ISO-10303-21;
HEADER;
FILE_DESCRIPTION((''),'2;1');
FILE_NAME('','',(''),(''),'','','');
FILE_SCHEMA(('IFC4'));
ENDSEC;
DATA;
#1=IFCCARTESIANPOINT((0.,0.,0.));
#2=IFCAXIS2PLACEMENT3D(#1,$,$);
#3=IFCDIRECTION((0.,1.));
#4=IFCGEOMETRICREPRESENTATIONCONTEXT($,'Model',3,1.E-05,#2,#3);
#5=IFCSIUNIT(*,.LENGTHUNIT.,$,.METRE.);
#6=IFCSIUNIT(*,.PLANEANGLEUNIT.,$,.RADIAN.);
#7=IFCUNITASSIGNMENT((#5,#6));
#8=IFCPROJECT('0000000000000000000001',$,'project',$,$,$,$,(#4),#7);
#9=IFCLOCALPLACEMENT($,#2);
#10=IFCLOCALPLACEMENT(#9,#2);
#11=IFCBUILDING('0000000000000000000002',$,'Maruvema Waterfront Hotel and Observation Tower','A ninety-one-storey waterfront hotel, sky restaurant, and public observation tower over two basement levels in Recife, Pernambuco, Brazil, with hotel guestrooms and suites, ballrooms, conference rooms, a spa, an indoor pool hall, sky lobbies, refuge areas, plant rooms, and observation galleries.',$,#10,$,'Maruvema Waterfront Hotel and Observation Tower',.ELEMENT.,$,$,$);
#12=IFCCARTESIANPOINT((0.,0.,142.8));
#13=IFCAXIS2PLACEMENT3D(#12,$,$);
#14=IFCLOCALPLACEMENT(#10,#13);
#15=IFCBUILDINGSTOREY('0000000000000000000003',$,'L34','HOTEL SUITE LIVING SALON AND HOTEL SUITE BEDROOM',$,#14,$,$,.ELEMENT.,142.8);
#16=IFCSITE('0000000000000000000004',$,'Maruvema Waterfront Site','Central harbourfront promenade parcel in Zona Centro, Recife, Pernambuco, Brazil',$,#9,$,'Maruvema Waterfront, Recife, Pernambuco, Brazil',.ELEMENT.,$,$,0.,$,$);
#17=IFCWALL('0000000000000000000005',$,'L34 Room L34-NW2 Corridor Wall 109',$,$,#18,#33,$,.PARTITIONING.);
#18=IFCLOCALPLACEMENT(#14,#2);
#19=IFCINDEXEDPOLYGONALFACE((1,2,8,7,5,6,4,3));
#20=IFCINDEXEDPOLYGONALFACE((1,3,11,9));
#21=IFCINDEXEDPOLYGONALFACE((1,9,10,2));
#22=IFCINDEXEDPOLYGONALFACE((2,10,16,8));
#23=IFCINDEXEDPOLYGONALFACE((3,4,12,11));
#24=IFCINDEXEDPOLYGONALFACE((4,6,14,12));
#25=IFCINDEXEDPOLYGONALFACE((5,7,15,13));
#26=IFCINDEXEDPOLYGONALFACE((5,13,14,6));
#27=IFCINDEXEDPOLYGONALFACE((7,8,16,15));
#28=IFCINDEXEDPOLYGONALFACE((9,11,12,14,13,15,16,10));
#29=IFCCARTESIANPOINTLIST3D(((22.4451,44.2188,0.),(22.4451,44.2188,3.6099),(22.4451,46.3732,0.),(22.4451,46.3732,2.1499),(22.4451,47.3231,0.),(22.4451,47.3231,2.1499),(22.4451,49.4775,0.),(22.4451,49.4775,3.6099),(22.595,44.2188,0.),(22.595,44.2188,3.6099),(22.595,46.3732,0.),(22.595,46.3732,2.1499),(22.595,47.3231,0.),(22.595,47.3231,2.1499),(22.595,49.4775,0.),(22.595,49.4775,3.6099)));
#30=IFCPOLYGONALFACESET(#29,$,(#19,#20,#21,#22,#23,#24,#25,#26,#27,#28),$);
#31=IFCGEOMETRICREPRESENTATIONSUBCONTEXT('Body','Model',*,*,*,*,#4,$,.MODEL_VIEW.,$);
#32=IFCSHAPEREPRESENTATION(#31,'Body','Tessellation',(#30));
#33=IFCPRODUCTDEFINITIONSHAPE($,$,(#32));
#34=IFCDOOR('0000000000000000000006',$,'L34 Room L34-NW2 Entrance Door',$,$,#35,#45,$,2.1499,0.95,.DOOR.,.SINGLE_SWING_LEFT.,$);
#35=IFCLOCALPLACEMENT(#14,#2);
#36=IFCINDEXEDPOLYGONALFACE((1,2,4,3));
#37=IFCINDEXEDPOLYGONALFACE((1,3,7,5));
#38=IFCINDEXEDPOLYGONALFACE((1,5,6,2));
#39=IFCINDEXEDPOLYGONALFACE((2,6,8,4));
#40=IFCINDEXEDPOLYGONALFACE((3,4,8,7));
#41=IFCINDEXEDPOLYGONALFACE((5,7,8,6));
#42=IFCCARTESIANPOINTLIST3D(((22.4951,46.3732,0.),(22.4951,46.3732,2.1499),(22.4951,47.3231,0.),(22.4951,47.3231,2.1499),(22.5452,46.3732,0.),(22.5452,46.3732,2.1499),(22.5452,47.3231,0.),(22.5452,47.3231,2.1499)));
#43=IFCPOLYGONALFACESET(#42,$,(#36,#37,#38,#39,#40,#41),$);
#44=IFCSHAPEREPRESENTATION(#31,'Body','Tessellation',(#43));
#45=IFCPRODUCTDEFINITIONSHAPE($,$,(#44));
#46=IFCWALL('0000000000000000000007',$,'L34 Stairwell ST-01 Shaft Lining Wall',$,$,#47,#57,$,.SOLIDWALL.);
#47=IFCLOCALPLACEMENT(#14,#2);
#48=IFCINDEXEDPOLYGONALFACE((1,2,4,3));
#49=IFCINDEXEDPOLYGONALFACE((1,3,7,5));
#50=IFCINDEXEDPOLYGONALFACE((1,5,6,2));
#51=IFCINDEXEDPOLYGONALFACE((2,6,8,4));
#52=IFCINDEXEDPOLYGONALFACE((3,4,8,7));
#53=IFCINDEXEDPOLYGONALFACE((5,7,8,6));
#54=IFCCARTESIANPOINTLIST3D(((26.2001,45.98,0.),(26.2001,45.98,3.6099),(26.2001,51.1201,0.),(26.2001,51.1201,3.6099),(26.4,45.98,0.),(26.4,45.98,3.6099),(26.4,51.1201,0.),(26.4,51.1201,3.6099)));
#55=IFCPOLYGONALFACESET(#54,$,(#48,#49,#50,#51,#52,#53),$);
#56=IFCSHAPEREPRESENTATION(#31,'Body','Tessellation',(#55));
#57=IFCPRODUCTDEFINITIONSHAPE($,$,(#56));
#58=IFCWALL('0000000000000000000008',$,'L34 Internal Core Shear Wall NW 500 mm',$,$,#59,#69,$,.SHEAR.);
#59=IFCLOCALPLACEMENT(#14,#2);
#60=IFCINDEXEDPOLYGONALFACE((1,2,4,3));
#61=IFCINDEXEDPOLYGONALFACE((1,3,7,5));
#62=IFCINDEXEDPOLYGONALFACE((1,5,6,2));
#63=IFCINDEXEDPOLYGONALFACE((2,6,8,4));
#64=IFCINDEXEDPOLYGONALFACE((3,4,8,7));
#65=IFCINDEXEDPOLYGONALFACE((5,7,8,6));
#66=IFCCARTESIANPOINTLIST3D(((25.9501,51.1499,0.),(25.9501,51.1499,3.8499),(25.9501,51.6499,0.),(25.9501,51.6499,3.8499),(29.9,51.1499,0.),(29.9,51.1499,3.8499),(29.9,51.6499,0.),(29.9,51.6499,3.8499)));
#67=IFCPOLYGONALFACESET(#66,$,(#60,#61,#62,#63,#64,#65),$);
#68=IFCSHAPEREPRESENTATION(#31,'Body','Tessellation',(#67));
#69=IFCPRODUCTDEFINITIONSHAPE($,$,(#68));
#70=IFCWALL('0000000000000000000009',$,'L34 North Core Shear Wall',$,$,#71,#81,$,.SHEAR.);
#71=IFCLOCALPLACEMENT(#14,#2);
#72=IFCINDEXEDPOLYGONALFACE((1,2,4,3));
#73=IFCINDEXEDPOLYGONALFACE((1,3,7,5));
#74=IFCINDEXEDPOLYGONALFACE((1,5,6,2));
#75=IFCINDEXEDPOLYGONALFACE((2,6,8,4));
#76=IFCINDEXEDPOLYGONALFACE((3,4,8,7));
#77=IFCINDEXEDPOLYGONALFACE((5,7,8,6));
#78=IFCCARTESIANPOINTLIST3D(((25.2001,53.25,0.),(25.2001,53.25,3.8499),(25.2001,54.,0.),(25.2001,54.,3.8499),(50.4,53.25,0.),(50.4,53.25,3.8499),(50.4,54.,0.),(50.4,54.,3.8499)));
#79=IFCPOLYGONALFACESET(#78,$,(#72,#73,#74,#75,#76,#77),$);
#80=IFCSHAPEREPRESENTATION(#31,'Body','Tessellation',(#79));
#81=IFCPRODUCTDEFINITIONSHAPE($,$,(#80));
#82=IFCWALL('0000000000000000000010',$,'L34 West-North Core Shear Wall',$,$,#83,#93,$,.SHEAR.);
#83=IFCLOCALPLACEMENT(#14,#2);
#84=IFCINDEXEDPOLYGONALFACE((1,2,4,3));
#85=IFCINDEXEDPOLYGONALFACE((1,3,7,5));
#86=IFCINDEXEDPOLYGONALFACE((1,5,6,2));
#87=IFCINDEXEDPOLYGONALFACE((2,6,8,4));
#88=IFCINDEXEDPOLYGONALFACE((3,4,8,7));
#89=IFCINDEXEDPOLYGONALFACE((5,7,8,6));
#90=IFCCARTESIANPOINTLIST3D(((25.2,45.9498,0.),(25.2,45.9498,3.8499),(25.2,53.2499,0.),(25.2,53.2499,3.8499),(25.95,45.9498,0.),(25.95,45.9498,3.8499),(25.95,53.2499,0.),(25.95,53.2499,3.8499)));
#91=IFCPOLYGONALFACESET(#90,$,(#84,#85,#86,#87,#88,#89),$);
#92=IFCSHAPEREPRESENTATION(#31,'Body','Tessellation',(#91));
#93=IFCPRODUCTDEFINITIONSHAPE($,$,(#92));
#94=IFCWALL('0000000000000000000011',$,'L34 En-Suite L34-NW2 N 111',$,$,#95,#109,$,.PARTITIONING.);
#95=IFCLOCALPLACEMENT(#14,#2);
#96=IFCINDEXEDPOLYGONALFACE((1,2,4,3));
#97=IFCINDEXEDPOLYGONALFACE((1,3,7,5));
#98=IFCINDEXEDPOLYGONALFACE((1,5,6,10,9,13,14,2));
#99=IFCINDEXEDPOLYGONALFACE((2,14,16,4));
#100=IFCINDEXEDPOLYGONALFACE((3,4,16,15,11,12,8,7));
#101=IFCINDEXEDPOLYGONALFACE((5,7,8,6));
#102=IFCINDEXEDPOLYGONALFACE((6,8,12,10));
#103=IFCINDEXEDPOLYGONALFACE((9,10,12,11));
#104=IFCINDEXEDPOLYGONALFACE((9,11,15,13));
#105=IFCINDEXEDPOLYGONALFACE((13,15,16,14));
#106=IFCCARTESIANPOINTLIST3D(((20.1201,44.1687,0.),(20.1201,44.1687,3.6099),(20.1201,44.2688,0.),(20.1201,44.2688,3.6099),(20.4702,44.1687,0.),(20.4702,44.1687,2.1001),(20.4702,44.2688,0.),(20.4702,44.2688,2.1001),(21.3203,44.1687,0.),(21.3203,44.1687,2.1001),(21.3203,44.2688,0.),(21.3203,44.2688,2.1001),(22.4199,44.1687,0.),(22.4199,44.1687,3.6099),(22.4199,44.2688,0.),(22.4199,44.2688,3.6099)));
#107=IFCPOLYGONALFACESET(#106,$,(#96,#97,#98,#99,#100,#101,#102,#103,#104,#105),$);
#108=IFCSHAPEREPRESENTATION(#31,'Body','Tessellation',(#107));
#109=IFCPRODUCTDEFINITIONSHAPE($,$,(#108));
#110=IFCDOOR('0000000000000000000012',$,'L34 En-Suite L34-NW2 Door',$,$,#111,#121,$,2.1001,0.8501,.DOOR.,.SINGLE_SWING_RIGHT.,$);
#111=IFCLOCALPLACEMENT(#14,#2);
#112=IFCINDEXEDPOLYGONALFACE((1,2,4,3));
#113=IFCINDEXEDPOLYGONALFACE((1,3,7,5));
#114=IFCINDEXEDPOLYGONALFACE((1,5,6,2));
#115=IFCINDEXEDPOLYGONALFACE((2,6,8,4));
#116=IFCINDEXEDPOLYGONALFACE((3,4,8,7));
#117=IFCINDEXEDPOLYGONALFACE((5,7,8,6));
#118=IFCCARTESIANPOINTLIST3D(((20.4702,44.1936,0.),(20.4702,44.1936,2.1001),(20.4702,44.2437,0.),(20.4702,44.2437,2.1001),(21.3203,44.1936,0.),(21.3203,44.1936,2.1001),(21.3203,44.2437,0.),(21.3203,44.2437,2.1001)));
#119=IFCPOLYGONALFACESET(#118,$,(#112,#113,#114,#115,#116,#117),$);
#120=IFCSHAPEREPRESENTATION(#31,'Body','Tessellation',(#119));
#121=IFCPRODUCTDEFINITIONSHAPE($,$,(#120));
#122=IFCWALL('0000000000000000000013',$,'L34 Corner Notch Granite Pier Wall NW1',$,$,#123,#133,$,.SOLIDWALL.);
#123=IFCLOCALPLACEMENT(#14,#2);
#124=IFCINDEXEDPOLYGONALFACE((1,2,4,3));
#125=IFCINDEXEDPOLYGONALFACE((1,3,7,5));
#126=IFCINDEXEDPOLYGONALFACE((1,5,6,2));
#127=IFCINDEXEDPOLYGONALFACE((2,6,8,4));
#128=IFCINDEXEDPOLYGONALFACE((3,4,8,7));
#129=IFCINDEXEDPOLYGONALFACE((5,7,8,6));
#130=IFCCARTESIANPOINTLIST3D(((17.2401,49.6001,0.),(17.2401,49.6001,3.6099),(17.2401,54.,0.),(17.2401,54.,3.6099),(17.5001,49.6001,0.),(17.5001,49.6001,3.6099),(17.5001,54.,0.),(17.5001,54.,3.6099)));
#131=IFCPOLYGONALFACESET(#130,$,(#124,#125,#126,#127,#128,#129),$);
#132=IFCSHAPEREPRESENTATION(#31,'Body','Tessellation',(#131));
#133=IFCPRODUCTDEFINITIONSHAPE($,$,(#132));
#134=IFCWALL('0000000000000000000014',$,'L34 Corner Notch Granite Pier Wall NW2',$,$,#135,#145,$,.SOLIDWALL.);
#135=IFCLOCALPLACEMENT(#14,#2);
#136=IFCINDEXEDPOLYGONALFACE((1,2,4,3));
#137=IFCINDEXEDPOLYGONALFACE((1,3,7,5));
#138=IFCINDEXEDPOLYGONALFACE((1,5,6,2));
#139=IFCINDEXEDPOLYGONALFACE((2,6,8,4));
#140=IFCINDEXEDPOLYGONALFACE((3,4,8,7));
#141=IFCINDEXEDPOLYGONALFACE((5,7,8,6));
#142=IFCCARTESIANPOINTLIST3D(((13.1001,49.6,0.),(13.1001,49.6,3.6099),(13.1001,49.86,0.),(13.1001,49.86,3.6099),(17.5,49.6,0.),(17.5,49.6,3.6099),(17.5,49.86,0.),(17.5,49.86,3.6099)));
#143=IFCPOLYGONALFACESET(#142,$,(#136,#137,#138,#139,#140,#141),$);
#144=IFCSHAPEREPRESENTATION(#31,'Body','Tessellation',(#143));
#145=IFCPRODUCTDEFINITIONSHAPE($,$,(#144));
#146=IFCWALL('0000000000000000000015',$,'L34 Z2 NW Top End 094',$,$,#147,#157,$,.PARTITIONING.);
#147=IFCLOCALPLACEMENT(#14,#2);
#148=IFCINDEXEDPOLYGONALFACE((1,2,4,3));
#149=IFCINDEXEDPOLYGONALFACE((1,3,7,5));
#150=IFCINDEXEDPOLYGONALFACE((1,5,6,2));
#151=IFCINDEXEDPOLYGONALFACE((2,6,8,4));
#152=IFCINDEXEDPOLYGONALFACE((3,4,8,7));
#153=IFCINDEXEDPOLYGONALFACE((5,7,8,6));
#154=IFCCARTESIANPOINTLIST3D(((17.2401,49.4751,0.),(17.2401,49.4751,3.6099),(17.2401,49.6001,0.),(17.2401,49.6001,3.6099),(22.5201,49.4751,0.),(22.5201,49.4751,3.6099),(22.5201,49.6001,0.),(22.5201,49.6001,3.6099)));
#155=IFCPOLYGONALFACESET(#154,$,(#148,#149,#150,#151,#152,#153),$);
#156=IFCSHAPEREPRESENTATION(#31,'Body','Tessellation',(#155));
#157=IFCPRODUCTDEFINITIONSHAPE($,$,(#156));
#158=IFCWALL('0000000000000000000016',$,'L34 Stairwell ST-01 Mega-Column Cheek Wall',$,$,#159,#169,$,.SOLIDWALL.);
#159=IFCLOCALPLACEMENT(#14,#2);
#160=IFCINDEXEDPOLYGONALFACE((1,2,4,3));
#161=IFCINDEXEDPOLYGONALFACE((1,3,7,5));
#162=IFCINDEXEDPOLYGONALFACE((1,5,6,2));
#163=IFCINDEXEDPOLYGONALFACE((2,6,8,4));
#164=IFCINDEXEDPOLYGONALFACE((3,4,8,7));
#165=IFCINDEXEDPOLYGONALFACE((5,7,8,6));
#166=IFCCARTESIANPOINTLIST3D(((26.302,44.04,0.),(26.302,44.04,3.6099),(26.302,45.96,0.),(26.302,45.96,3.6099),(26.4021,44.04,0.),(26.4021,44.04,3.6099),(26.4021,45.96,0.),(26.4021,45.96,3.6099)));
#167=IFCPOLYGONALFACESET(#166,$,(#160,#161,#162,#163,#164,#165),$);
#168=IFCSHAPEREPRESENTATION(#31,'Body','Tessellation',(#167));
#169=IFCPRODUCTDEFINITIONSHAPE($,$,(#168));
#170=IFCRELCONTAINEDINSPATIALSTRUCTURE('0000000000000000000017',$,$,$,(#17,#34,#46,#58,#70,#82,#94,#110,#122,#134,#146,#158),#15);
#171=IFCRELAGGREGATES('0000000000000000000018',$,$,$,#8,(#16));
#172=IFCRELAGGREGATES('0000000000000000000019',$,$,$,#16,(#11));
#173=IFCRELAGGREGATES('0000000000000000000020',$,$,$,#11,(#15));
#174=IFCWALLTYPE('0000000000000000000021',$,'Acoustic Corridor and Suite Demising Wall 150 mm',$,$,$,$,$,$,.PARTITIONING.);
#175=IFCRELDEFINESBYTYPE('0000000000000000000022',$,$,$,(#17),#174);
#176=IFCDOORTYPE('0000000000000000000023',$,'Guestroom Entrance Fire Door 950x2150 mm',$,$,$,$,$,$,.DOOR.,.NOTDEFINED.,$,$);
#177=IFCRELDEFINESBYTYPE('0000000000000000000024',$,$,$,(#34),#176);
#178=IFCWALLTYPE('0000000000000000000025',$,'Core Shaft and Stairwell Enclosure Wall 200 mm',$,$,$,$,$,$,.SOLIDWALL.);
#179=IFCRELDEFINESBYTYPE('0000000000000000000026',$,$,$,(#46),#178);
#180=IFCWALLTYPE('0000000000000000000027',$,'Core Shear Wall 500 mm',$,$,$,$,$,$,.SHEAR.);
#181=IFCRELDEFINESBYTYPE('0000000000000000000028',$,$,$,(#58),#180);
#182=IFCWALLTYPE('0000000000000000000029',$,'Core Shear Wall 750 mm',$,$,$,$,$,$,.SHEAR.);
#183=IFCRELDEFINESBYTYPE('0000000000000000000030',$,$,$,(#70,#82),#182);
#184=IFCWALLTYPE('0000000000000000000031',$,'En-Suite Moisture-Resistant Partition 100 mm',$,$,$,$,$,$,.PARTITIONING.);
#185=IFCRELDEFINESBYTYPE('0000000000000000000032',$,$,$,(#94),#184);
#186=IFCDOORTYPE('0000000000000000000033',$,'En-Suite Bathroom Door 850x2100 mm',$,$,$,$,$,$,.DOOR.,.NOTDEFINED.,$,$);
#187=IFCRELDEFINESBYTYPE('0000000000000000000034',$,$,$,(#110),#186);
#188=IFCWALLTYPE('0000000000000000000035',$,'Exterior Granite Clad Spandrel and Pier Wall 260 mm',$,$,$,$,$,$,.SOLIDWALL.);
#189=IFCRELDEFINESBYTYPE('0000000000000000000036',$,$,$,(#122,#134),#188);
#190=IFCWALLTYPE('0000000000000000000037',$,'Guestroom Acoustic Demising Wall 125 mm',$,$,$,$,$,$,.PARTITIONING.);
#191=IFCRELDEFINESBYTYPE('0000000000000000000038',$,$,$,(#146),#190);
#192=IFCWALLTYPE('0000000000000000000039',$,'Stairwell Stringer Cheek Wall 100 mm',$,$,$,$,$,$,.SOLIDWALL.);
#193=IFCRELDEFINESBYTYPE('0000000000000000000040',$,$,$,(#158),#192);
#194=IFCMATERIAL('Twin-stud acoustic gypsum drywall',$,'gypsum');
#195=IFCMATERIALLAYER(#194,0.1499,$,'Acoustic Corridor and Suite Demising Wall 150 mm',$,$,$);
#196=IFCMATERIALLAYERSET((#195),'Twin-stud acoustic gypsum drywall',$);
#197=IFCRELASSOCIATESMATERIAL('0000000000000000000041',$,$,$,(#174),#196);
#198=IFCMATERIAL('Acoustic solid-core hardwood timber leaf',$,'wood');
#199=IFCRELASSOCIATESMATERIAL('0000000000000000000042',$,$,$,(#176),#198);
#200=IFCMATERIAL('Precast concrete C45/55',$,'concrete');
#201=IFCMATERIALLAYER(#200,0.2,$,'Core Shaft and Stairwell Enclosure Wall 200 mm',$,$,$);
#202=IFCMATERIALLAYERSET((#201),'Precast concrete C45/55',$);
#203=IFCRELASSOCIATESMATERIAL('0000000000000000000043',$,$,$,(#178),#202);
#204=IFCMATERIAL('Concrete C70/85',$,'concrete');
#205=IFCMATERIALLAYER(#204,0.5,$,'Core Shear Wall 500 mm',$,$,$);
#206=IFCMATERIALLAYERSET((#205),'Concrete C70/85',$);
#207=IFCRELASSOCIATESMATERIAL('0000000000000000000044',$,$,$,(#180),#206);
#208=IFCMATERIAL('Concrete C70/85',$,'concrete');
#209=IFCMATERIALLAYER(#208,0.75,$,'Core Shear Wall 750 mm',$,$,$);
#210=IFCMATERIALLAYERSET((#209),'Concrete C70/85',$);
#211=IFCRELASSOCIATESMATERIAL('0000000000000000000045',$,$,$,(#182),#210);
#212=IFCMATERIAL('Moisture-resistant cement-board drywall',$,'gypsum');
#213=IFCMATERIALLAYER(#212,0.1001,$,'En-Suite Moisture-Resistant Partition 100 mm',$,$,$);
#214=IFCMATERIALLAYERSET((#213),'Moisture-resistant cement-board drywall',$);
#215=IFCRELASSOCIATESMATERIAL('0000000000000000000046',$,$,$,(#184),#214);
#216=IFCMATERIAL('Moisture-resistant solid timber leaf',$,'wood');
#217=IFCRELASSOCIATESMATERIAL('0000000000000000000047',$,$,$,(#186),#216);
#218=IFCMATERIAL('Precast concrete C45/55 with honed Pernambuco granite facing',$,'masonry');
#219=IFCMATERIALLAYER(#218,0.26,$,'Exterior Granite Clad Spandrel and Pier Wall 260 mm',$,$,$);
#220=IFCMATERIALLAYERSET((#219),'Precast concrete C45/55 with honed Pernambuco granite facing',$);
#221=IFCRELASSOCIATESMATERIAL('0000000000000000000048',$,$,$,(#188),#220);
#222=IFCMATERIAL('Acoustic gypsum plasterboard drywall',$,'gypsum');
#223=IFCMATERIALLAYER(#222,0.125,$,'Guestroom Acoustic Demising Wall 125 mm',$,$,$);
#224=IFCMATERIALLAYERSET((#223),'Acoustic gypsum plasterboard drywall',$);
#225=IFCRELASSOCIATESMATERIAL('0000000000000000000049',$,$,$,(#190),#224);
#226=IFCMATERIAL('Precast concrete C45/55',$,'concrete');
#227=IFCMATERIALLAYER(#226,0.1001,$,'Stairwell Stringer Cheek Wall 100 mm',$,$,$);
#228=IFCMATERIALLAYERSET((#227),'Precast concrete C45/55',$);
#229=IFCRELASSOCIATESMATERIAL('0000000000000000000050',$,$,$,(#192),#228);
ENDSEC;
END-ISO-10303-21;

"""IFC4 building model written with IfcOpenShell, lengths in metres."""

from ifc_helpers import new_model, si_unit, direction, frame, frame_2d, origin, place, context, subcontext, project, spatial, rectangle, extrude, material, layer, layer_set, type_object, element, fill, save


model = new_model("IFC4")

# Units and contexts
model_context = context("Model", 3, precision=1e-05, world=origin(), true_north=direction((0.0, 1.0)))
body_context = subcontext(model_context, "Body", "Model", "MODEL_VIEW")
ifc_project = project(units=[si_unit("LENGTHUNIT", "METRE"), si_unit("PLANEANGLEUNIT", "RADIAN")], contexts=[model_context])

# Site, building, storey
site_placement = place(None, origin())
site = spatial("IfcSite", under=ifc_project, at=site_placement, Name="Maruvema Waterfront Site", Description="Central harbourfront promenade parcel in Zona Centro, Recife, Pernambuco, Brazil", LongName="Maruvema Waterfront, Recife, Pernambuco, Brazil", CompositionType="ELEMENT", RefElevation=0.0)
building_placement = place(site_placement, origin())
building = spatial("IfcBuilding", under=site, at=building_placement, Name="Maruvema Waterfront Hotel and Observation Tower", Description="A ninety-one-storey waterfront hotel, sky restaurant, and public observation tower over two basement levels in Recife, Pernambuco, Brazil, with hotel guestrooms and suites, ballrooms, conference rooms, a spa, an indoor pool hall, sky lobbies, refuge areas, plant rooms, and observation galleries.", LongName="Maruvema Waterfront Hotel and Observation Tower", CompositionType="ELEMENT")
storey_placement = place(building_placement, frame((0.0, 0.0, 142.8)))
storey = spatial("IfcBuildingStorey", under=building, at=storey_placement, Name="L34", Description="HOTEL SUITE LIVING SALON AND HOTEL SUITE BEDROOM", CompositionType="ELEMENT", Elevation=142.8)

# Wall, opening, door
ifc_material_1 = material(Name="Twin-stud acoustic gypsum drywall", Category="gypsum")
ifc_layer_1 = layer(ifc_material_1, 0.1499, Name="Acoustic Corridor and Suite Demising Wall 150 mm")
ifc_layer_set_1 = layer_set([ifc_layer_1], Name="Twin-stud acoustic gypsum drywall")
wall_type_1 = type_object("IfcWallType", Name="Acoustic Corridor and Suite Demising Wall 150 mm", PredefinedType="PARTITIONING", material=ifc_layer_set_1)
wall_1_placement = place(storey_placement, frame((22.52, 44.2188, 0.0), z_axis=(0.0, 0.0, 1.0), x_axis=(0.0, 1.0, 0.0)))
wall_1 = element("IfcWall", 1, at=wall_1_placement, inside=storey, type_object=wall_type_1, Name="L34 Room L34-NW2 Corridor Wall 109", PredefinedType="PARTITIONING", context=body_context, shape_type="SweptSolid", body=[
    extrude(rectangle(XDim=5.2588, YDim=0.1499, at=frame_2d((2.6294, 0.0))), origin(), (0.0, 0.0, 1.0), 3.6099),
])
opening_1_placement = place(wall_1_placement, frame((2.1543, 0.0, 0.0)))
opening_1 = element("IfcOpeningElement", 2, at=opening_1_placement, cuts=wall_1, PredefinedType="OPENING", context=body_context, shape_type="SweptSolid", body=[
    extrude(rectangle(XDim=0.95, YDim=2.1499, at=frame_2d((0.4751, 1.075))), frame((0.0, 0.085, 0.0), z_axis=(0.0, -1.0, 0.0), x_axis=(1.0, 0.0, 0.0)), (0.0, 0.0, 1.0), 0.1699),
])
ifc_material_2 = material(Name="Acoustic solid-core hardwood timber leaf", Category="wood")
door_type_1 = type_object("IfcDoorType", Name="Guestroom Entrance Fire Door 950x2150 mm", OperationType="NOTDEFINED", PredefinedType="DOOR", material=ifc_material_2)
door_1_placement = place(opening_1_placement, origin())
door_1 = element("IfcDoor", 3, at=door_1_placement, inside=storey, type_object=door_type_1, Name="L34 Room L34-NW2 Entrance Door", OperationType="SINGLE_SWING_LEFT", OverallHeight=2.1499, OverallWidth=0.95, PredefinedType="DOOR", context=body_context, shape_type="SweptSolid", body=[
    extrude(rectangle(XDim=0.95, YDim=2.1499, at=frame_2d((0.4751, 1.075))), frame((0.0, 0.0249, 0.0), z_axis=(0.0, -1.0, 0.0), x_axis=(1.0, 0.0, 0.0)), (0.0, 0.0, 1.0), 0.05),
])
fill(opening_1, door_1)

# Walls
ifc_material_3 = material(Name="Precast concrete C45/55", Category="concrete")
ifc_layer_2 = layer(ifc_material_3, 0.2, Name="Core Shaft and Stairwell Enclosure Wall 200 mm")
ifc_layer_set_2 = layer_set([ifc_layer_2], Name="Precast concrete C45/55")
wall_type_2 = type_object("IfcWallType", Name="Core Shaft and Stairwell Enclosure Wall 200 mm", PredefinedType="SOLIDWALL", material=ifc_layer_set_2)
wall_2_placement = place(storey_placement, frame((26.3, 45.98, 0.0), z_axis=(0.0, 0.0, 1.0), x_axis=(0.0, 1.0, 0.0)))
element("IfcWall", 4, at=wall_2_placement, inside=storey, type_object=wall_type_2, Name="L34 Stairwell ST-01 Shaft Lining Wall", PredefinedType="SOLIDWALL", context=body_context, shape_type="SweptSolid", body=[
    extrude(rectangle(XDim=5.1401, YDim=0.2, at=frame_2d((2.5701, 0.0))), origin(), (0.0, 0.0, 1.0), 3.6099),
])
ifc_material_4 = material(Name="Concrete C70/85", Category="concrete")
ifc_layer_3 = layer(ifc_material_4, 0.5, Name="Core Shear Wall 500 mm")
ifc_layer_set_3 = layer_set([ifc_layer_3], Name="Concrete C70/85")
wall_type_3 = type_object("IfcWallType", Name="Core Shear Wall 500 mm", PredefinedType="SHEAR", material=ifc_layer_set_3)
wall_3_placement = place(storey_placement, frame((25.95, 51.3999, 0.0), z_axis=(0.0, 0.0, 1.0), x_axis=(1.0, 0.0, 0.0)))
element("IfcWall", 5, at=wall_3_placement, inside=storey, type_object=wall_type_3, Name="L34 Internal Core Shear Wall NW 500 mm", PredefinedType="SHEAR", context=body_context, shape_type="SweptSolid", body=[
    extrude(rectangle(XDim=3.95, YDim=0.5, at=frame_2d((1.9751, 0.0))), origin(), (0.0, 0.0, 1.0), 3.8499),
])
ifc_material_5 = material(Name="Concrete C70/85", Category="concrete")
ifc_layer_4 = layer(ifc_material_5, 0.75, Name="Core Shear Wall 750 mm")
ifc_layer_set_4 = layer_set([ifc_layer_4], Name="Concrete C70/85")
wall_type_4 = type_object("IfcWallType", Name="Core Shear Wall 750 mm", PredefinedType="SHEAR", material=ifc_layer_set_4)
wall_4_placement = place(storey_placement, frame((25.2, 53.625, 0.0), z_axis=(0.0, 0.0, 1.0), x_axis=(1.0, 0.0, 0.0)))
element("IfcWall", 6, at=wall_4_placement, inside=storey, type_object=wall_type_4, Name="L34 North Core Shear Wall", PredefinedType="SHEAR", context=body_context, shape_type="SweptSolid", body=[
    extrude(rectangle(XDim=25.2, YDim=0.75, at=frame_2d((12.6001, 0.0))), origin(), (0.0, 0.0, 1.0), 3.8499),
])
wall_5_placement = place(storey_placement, frame((25.575, 45.95, 0.0), z_axis=(0.0, 0.0, 1.0), x_axis=(0.0, 1.0, 0.0)))
element("IfcWall", 7, at=wall_5_placement, inside=storey, type_object=wall_type_4, Name="L34 West-North Core Shear Wall", PredefinedType="SHEAR", context=body_context, shape_type="SweptSolid", body=[
    extrude(rectangle(XDim=7.3, YDim=0.75, at=frame_2d((3.6499, 0.0))), origin(), (0.0, 0.0, 1.0), 3.8499),
])

# Wall, opening, door
ifc_material_6 = material(Name="Moisture-resistant cement-board drywall", Category="gypsum")
ifc_layer_5 = layer(ifc_material_6, 0.1001, Name="En-Suite Moisture-Resistant Partition 100 mm")
ifc_layer_set_5 = layer_set([ifc_layer_5], Name="Moisture-resistant cement-board drywall")
wall_type_5 = type_object("IfcWallType", Name="En-Suite Moisture-Resistant Partition 100 mm", PredefinedType="PARTITIONING", material=ifc_layer_set_5)
wall_6_placement = place(storey_placement, frame((20.1201, 44.2188, 0.0), z_axis=(0.0, 0.0, 1.0), x_axis=(1.0, 0.0, 0.0)))
wall_6 = element("IfcWall", 8, at=wall_6_placement, inside=storey, type_object=wall_type_5, Name="L34 En-Suite L34-NW2 N 111", PredefinedType="PARTITIONING", context=body_context, shape_type="SweptSolid", body=[
    extrude(rectangle(XDim=2.2998, YDim=0.1001, at=frame_2d((1.1499, 0.0))), origin(), (0.0, 0.0, 1.0), 3.6099),
])
opening_2_placement = place(wall_6_placement, frame((0.3501, 0.0, 0.0)))
opening_2 = element("IfcOpeningElement", 9, at=opening_2_placement, cuts=wall_6, PredefinedType="OPENING", context=body_context, shape_type="SweptSolid", body=[
    extrude(rectangle(XDim=0.8501, YDim=2.1001, at=frame_2d((0.425, 1.05))), frame((0.0, 0.0601, 0.0), z_axis=(0.0, -1.0, 0.0), x_axis=(1.0, 0.0, 0.0)), (0.0, 0.0, 1.0), 0.1201),
])
ifc_material_7 = material(Name="Moisture-resistant solid timber leaf", Category="wood")
door_type_2 = type_object("IfcDoorType", Name="En-Suite Bathroom Door 850x2100 mm", OperationType="NOTDEFINED", PredefinedType="DOOR", material=ifc_material_7)
door_2_placement = place(opening_2_placement, origin())
door_2 = element("IfcDoor", 10, at=door_2_placement, inside=storey, type_object=door_type_2, Name="L34 En-Suite L34-NW2 Door", OperationType="SINGLE_SWING_RIGHT", OverallHeight=2.1001, OverallWidth=0.8501, PredefinedType="DOOR", context=body_context, shape_type="SweptSolid", body=[
    extrude(rectangle(XDim=0.8501, YDim=2.1001, at=frame_2d((0.425, 1.05))), frame((0.0, 0.0249, 0.0), z_axis=(0.0, -1.0, 0.0), x_axis=(1.0, 0.0, 0.0)), (0.0, 0.0, 1.0), 0.05),
])
fill(opening_2, door_2)

# Walls
ifc_material_8 = material(Name="Precast concrete C45/55 with honed Pernambuco granite facing", Category="masonry")
ifc_layer_6 = layer(ifc_material_8, 0.26, Name="Exterior Granite Clad Spandrel and Pier Wall 260 mm")
ifc_layer_set_6 = layer_set([ifc_layer_6], Name="Precast concrete C45/55 with honed Pernambuco granite facing")
wall_type_6 = type_object("IfcWallType", Name="Exterior Granite Clad Spandrel and Pier Wall 260 mm", PredefinedType="SOLIDWALL", material=ifc_layer_set_6)
for number, where, z_axis, x_axis, name in (
    (11, (17.3701, 49.6001, 0.0), (0.0, 0.0, 1.0), (0.0, 1.0, 0.0), "L34 Corner Notch Granite Pier Wall NW1"),
    (12, (13.1001, 49.73, 0.0), (0.0, 0.0, 1.0), (1.0, 0.0, 0.0), "L34 Corner Notch Granite Pier Wall NW2"),
):
    element("IfcWall", number, at=place(storey_placement, frame(where, z_axis=z_axis, x_axis=x_axis)), inside=storey, type_object=wall_type_6, Name=name, PredefinedType="SOLIDWALL", context=body_context, shape_type="SweptSolid", body=[
        extrude(rectangle(XDim=4.3999, YDim=0.26, at=frame_2d((2.2, 0.0))), origin(), (0.0, 0.0, 1.0), 3.6099),
    ])
ifc_material_9 = material(Name="Acoustic gypsum plasterboard drywall", Category="gypsum")
ifc_layer_7 = layer(ifc_material_9, 0.125, Name="Guestroom Acoustic Demising Wall 125 mm")
ifc_layer_set_7 = layer_set([ifc_layer_7], Name="Acoustic gypsum plasterboard drywall")
wall_type_7 = type_object("IfcWallType", Name="Guestroom Acoustic Demising Wall 125 mm", PredefinedType="PARTITIONING", material=ifc_layer_set_7)
wall_7_placement = place(storey_placement, frame((17.24, 49.5376, 0.0), z_axis=(0.0, 0.0, 1.0), x_axis=(1.0, 0.0, 0.0)))
element("IfcWall", 13, at=wall_7_placement, inside=storey, type_object=wall_type_7, Name="L34 Z2 NW Top End 094", PredefinedType="PARTITIONING", context=body_context, shape_type="SweptSolid", body=[
    extrude(rectangle(XDim=5.28, YDim=0.125, at=frame_2d((2.6401, 0.0))), origin(), (0.0, 0.0, 1.0), 3.6099),
])
ifc_material_10 = material(Name="Precast concrete C45/55", Category="concrete")
ifc_layer_8 = layer(ifc_material_10, 0.1001, Name="Stairwell Stringer Cheek Wall 100 mm")
ifc_layer_set_8 = layer_set([ifc_layer_8], Name="Precast concrete C45/55")
wall_type_8 = type_object("IfcWallType", Name="Stairwell Stringer Cheek Wall 100 mm", PredefinedType="SOLIDWALL", material=ifc_layer_set_8)
wall_8_placement = place(storey_placement, frame((26.3521, 44.04, 0.0), z_axis=(0.0, 0.0, 1.0), x_axis=(0.0, 1.0, 0.0)))
element("IfcWall", 14, at=wall_8_placement, inside=storey, type_object=wall_type_8, Name="L34 Stairwell ST-01 Mega-Column Cheek Wall", PredefinedType="SOLIDWALL", context=body_context, shape_type="SweptSolid", body=[
    extrude(rectangle(XDim=1.9199, YDim=0.1001, at=frame_2d((0.96, 0.0))), origin(), (0.0, 0.0, 1.0), 3.6099),
])

save(model, "model.ifc")
